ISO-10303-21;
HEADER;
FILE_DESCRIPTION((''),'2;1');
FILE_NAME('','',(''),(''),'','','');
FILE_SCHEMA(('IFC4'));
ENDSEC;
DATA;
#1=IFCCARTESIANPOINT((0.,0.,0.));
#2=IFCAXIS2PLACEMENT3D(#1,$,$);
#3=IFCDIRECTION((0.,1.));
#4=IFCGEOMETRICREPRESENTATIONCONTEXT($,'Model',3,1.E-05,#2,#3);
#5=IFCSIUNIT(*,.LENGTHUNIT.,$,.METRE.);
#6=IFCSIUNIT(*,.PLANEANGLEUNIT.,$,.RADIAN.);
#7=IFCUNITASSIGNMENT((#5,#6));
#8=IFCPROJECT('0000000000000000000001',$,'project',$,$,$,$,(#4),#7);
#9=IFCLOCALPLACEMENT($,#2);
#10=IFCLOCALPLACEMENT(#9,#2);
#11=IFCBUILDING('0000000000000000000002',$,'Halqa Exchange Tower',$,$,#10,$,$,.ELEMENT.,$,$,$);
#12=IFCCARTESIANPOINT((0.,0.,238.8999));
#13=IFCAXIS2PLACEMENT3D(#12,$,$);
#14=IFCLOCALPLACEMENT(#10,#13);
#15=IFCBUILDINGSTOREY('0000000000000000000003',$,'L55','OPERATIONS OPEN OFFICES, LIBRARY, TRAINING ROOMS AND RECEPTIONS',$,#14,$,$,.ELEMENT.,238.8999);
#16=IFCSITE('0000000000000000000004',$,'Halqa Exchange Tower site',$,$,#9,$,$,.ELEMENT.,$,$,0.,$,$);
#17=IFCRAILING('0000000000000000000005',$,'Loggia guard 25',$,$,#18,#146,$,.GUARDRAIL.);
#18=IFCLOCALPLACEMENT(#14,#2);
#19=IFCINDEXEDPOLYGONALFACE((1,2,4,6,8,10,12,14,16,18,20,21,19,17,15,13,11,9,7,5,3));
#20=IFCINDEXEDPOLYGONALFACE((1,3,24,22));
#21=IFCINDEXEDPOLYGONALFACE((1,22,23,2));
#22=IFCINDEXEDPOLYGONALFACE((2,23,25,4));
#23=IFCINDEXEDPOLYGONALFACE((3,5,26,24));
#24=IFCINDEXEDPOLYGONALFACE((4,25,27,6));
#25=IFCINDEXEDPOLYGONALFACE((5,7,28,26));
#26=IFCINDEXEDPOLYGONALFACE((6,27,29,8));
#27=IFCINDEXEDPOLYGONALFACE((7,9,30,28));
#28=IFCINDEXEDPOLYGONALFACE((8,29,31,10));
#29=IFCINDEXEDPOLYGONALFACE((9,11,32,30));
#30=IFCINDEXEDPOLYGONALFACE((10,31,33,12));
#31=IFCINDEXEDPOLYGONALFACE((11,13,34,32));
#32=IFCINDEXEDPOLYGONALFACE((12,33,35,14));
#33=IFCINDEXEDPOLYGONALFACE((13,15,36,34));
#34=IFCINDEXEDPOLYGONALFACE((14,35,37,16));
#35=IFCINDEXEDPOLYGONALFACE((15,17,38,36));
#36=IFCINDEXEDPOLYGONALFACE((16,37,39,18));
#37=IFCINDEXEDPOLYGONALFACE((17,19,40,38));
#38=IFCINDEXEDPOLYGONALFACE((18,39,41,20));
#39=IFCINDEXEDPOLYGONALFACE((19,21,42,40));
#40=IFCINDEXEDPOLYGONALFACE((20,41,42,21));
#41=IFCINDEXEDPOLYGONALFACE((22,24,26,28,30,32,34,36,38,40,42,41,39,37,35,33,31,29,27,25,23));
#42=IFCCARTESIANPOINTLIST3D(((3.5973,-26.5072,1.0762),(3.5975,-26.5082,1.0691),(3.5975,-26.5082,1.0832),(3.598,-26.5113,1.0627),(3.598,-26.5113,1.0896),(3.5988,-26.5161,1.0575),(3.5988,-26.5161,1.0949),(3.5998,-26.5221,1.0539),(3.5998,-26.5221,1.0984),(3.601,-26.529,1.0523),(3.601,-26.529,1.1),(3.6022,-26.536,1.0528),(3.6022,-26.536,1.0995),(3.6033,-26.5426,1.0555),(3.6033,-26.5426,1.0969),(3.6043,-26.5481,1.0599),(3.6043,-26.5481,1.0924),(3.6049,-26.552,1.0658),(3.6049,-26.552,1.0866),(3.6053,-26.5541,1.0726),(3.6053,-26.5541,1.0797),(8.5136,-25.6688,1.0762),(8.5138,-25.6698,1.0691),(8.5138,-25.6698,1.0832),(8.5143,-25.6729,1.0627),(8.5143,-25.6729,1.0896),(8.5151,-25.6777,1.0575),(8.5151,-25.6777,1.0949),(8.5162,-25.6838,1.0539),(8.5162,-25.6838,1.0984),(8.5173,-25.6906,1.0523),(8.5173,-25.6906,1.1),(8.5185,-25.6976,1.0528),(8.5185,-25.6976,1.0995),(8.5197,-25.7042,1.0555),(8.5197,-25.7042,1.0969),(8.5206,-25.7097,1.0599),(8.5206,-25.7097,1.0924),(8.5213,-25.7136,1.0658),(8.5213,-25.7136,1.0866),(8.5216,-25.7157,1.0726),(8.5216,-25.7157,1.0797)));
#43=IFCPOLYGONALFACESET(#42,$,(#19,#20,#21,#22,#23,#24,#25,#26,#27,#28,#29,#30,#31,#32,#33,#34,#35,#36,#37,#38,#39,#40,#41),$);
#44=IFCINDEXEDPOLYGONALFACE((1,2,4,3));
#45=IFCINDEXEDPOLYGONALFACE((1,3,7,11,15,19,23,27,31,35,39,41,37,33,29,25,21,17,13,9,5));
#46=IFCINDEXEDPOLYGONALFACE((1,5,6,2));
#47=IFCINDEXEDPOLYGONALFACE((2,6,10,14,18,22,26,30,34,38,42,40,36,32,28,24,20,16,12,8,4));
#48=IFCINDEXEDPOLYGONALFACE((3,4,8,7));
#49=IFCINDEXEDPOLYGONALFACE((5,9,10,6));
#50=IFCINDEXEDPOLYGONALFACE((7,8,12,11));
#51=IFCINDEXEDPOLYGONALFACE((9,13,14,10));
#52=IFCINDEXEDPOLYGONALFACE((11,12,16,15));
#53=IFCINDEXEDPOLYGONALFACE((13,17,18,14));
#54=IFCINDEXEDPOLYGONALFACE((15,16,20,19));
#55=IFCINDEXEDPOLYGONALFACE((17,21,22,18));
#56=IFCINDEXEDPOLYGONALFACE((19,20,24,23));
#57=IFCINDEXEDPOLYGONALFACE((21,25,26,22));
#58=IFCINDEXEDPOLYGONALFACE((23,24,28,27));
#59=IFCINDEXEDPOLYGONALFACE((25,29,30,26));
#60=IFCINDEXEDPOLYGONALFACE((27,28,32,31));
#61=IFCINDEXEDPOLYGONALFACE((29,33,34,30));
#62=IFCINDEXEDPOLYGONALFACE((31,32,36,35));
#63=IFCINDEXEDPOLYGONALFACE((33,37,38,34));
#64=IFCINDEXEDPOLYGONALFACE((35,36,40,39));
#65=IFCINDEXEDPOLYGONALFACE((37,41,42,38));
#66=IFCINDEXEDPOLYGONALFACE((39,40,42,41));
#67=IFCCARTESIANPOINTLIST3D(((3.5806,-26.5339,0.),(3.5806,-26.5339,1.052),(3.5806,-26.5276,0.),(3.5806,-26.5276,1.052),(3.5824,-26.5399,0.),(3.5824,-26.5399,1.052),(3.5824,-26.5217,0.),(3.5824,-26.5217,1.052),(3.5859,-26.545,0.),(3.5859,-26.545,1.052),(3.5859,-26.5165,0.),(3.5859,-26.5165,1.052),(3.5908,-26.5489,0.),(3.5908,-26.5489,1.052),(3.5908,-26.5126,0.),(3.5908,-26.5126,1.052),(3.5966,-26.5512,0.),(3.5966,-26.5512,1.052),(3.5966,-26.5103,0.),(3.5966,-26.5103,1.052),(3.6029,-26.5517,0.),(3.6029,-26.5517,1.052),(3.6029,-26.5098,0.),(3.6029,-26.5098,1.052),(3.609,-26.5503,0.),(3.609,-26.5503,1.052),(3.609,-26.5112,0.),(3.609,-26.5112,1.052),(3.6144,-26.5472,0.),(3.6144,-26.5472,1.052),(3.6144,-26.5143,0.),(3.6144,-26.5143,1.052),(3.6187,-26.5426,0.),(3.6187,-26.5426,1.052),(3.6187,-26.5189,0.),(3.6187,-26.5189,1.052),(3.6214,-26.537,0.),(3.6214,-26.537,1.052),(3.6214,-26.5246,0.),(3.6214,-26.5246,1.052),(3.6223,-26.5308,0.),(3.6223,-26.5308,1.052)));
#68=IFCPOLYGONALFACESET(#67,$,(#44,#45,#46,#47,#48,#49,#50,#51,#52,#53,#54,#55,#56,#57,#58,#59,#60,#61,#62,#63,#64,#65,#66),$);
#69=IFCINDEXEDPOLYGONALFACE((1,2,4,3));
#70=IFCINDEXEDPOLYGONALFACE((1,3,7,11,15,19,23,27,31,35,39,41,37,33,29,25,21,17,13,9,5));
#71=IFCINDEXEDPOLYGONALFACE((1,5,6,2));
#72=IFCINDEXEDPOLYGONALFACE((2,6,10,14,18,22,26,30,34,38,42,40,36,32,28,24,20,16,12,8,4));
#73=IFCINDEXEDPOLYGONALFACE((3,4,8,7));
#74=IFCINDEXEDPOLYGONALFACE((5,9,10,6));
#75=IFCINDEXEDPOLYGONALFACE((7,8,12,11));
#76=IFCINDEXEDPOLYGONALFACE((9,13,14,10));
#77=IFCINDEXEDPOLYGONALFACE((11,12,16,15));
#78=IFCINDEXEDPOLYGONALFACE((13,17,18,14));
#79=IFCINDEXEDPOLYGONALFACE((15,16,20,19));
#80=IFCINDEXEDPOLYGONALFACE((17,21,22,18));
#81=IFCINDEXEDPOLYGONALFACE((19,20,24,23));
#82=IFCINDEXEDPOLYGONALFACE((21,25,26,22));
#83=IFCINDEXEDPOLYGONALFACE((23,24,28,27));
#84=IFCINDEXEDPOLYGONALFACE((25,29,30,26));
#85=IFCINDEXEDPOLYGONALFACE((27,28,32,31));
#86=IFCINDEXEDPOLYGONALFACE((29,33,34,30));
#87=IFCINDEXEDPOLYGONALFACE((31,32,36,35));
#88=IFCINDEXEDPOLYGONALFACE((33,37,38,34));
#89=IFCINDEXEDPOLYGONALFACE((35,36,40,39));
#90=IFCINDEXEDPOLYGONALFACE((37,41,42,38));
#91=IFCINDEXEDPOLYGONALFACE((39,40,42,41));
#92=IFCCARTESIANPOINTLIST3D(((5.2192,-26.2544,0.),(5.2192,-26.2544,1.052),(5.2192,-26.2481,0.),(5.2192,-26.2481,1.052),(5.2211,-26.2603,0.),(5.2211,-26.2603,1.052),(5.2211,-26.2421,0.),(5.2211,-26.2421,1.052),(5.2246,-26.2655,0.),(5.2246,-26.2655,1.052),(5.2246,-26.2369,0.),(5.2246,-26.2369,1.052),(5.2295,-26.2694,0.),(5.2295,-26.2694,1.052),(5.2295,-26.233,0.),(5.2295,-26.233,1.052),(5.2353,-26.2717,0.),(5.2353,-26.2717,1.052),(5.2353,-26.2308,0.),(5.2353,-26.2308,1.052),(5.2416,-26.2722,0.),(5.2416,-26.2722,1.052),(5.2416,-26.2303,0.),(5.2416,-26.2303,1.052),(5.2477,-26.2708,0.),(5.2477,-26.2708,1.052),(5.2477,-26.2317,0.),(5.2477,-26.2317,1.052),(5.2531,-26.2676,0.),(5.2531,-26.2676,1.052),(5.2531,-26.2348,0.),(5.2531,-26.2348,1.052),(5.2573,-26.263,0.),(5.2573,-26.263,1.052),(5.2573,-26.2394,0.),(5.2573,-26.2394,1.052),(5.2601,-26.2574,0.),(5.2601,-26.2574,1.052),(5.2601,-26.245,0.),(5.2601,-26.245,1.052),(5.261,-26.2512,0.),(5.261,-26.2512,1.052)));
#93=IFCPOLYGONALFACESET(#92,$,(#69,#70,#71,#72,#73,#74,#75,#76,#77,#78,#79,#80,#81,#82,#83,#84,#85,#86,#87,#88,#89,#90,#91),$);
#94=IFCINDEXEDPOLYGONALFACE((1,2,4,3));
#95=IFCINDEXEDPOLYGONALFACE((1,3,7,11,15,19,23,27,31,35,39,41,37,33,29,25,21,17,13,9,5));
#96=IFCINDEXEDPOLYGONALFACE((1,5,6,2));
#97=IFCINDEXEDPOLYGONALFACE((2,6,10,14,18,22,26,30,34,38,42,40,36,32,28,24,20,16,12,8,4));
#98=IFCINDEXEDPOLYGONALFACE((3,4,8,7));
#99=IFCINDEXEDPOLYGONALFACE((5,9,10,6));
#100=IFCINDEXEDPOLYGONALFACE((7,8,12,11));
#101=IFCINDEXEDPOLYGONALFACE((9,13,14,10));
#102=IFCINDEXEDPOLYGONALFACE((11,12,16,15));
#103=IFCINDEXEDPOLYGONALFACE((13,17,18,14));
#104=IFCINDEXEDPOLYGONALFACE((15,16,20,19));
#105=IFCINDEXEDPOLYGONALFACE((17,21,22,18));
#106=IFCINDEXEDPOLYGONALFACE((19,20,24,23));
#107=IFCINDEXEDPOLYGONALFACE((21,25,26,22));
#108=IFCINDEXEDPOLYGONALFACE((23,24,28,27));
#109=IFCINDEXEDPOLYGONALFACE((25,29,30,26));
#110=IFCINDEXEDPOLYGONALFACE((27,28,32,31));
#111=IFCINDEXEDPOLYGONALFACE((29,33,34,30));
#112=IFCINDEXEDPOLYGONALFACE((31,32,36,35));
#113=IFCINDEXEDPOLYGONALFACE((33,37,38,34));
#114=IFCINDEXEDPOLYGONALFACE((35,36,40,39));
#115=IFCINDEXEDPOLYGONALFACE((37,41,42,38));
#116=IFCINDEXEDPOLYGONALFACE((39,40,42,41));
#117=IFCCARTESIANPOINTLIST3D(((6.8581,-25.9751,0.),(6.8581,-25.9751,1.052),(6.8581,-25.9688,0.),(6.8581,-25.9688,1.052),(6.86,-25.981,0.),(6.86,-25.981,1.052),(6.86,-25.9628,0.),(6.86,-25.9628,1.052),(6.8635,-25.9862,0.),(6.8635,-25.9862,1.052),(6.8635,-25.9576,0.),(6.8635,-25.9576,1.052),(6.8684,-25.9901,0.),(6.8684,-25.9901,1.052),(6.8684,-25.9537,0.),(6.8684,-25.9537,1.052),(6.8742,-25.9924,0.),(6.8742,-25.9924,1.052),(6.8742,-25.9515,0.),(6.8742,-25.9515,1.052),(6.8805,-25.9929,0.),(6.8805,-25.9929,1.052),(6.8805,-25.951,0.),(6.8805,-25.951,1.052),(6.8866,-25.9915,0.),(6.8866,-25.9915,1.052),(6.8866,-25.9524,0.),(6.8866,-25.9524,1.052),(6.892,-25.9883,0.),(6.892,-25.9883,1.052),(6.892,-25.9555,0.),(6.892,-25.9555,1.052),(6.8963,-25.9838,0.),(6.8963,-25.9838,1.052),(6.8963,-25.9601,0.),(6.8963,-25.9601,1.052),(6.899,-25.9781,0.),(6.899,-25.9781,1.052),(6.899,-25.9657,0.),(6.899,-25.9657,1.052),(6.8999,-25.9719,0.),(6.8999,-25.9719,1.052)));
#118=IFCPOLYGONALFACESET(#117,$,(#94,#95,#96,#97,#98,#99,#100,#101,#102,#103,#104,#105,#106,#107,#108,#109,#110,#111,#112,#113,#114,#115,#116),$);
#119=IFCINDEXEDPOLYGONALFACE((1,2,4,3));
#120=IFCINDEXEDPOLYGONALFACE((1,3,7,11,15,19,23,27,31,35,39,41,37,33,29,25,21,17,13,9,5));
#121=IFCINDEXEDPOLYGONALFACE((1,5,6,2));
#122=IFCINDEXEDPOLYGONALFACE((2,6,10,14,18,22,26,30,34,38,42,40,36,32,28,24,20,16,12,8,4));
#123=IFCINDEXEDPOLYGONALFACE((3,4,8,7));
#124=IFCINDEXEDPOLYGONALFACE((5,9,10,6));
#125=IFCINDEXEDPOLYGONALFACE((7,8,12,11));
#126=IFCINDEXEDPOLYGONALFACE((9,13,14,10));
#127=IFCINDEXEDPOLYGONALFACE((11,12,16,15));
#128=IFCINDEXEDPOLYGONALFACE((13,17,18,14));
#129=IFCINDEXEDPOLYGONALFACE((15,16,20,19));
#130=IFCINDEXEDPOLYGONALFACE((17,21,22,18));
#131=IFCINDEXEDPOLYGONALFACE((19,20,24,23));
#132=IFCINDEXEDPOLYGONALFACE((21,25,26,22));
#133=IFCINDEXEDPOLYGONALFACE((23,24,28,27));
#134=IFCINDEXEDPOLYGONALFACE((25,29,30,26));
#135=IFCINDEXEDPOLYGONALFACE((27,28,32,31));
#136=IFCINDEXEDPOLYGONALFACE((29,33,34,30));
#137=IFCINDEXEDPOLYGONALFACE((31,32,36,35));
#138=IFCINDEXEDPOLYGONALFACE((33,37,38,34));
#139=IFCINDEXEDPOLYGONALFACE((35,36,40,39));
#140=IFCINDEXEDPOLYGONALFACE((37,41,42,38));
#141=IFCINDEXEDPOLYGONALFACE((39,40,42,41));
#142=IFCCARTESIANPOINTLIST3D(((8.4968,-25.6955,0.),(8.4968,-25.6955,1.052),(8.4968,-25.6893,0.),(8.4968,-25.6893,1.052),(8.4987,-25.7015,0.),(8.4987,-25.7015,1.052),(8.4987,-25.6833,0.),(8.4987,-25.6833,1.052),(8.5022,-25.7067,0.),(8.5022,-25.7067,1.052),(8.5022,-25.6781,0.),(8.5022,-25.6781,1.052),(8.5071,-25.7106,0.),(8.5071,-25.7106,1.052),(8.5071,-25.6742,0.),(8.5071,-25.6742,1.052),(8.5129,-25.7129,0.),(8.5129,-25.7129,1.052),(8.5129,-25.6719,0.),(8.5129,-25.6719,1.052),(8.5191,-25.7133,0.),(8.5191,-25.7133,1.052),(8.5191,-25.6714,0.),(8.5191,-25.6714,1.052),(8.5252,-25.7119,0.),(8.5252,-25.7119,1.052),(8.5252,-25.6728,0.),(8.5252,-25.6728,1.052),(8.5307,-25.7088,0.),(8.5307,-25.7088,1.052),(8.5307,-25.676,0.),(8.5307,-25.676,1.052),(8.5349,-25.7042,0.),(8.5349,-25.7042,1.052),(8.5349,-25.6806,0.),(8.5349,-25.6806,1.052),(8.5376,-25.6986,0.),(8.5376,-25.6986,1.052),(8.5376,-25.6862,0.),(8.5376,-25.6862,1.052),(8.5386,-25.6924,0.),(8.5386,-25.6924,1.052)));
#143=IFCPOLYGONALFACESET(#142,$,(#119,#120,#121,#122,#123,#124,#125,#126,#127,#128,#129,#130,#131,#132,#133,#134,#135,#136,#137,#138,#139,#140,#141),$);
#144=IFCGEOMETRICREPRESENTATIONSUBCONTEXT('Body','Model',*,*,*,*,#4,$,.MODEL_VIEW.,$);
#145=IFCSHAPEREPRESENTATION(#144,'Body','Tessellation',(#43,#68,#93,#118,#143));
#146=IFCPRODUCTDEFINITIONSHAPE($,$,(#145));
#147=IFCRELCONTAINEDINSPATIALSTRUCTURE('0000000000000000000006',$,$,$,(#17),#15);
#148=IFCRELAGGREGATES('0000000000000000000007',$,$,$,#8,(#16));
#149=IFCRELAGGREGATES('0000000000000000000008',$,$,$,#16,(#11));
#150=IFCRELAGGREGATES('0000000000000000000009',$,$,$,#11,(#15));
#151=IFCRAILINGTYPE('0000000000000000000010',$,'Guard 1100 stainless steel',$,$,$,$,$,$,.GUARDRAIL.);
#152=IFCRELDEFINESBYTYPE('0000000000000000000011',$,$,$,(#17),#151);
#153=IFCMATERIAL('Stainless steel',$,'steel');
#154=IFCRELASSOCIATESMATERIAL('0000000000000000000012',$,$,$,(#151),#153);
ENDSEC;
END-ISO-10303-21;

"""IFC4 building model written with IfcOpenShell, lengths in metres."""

from ifc_helpers import new_model, si_unit, direction, frame, origin, origin_2d, place, context, subcontext, project, spatial, circle, extrude, material, type_object, element, save


model = new_model("IFC4")

# Units and contexts
model_context = context("Model", 3, precision=1e-05, world=origin(), true_north=direction((0.0, 1.0)))
body_context = subcontext(model_context, "Body", "Model", "MODEL_VIEW")
ifc_project = project(units=[si_unit("LENGTHUNIT", "METRE"), si_unit("PLANEANGLEUNIT", "RADIAN")], contexts=[model_context])

# Site, building, storey
site_placement = place(None, origin())
site = spatial("IfcSite", under=ifc_project, at=site_placement, Name="Halqa Exchange Tower site", CompositionType="ELEMENT", RefElevation=0.0)
building_placement = place(site_placement, origin())
building = spatial("IfcBuilding", under=site, at=building_placement, Name="Halqa Exchange Tower", CompositionType="ELEMENT")
storey_placement = place(building_placement, frame((0.0, 0.0, 238.8999)))
storey = spatial("IfcBuildingStorey", under=building, at=storey_placement, Name="L55", Description="OPERATIONS OPEN OFFICES, LIBRARY, TRAINING ROOMS AND RECEPTIONS", CompositionType="ELEMENT", Elevation=238.8999)

# Railing
ifc_material_1 = material(Name="Stainless steel", Category="steel")
railing_type = type_object("IfcRailingType", Name="Guard 1100 stainless steel", PredefinedType="GUARDRAIL", material=ifc_material_1)
railing_1_placement = place(storey_placement, frame((3.6013, -26.5308, 0.0)))
element("IfcRailing", 1, at=railing_1_placement, inside=storey, type_object=railing_type, Name="Loggia guard 25", PredefinedType="GUARDRAIL", context=body_context, shape_type="SweptSolid", body=[
    extrude(circle(Radius=0.0239, at=origin_2d()), frame((0.0, 0.0, 1.0762), z_axis=(0.985769, 0.168105, 0.0), x_axis=(-0.168105, 0.985769, 0.0)), (0.0, 0.0, 1.0), 4.9873),
    extrude(circle(Radius=0.021, at=origin_2d()), origin(), (0.0, 0.0, 1.0), 1.052),
    extrude(circle(Radius=0.021, at=origin_2d()), frame((1.6387, 0.2795, 0.0)), (0.0, 0.0, 1.0), 1.052),
    extrude(circle(Radius=0.021, at=origin_2d()), frame((3.2776, 0.5588, 0.0)), (0.0, 0.0, 1.0), 1.052),
    extrude(circle(Radius=0.021, at=origin_2d()), frame((4.9163, 0.8384, 0.0)), (0.0, 0.0, 1.0), 1.052),
])

save(model, "model.ifc")
